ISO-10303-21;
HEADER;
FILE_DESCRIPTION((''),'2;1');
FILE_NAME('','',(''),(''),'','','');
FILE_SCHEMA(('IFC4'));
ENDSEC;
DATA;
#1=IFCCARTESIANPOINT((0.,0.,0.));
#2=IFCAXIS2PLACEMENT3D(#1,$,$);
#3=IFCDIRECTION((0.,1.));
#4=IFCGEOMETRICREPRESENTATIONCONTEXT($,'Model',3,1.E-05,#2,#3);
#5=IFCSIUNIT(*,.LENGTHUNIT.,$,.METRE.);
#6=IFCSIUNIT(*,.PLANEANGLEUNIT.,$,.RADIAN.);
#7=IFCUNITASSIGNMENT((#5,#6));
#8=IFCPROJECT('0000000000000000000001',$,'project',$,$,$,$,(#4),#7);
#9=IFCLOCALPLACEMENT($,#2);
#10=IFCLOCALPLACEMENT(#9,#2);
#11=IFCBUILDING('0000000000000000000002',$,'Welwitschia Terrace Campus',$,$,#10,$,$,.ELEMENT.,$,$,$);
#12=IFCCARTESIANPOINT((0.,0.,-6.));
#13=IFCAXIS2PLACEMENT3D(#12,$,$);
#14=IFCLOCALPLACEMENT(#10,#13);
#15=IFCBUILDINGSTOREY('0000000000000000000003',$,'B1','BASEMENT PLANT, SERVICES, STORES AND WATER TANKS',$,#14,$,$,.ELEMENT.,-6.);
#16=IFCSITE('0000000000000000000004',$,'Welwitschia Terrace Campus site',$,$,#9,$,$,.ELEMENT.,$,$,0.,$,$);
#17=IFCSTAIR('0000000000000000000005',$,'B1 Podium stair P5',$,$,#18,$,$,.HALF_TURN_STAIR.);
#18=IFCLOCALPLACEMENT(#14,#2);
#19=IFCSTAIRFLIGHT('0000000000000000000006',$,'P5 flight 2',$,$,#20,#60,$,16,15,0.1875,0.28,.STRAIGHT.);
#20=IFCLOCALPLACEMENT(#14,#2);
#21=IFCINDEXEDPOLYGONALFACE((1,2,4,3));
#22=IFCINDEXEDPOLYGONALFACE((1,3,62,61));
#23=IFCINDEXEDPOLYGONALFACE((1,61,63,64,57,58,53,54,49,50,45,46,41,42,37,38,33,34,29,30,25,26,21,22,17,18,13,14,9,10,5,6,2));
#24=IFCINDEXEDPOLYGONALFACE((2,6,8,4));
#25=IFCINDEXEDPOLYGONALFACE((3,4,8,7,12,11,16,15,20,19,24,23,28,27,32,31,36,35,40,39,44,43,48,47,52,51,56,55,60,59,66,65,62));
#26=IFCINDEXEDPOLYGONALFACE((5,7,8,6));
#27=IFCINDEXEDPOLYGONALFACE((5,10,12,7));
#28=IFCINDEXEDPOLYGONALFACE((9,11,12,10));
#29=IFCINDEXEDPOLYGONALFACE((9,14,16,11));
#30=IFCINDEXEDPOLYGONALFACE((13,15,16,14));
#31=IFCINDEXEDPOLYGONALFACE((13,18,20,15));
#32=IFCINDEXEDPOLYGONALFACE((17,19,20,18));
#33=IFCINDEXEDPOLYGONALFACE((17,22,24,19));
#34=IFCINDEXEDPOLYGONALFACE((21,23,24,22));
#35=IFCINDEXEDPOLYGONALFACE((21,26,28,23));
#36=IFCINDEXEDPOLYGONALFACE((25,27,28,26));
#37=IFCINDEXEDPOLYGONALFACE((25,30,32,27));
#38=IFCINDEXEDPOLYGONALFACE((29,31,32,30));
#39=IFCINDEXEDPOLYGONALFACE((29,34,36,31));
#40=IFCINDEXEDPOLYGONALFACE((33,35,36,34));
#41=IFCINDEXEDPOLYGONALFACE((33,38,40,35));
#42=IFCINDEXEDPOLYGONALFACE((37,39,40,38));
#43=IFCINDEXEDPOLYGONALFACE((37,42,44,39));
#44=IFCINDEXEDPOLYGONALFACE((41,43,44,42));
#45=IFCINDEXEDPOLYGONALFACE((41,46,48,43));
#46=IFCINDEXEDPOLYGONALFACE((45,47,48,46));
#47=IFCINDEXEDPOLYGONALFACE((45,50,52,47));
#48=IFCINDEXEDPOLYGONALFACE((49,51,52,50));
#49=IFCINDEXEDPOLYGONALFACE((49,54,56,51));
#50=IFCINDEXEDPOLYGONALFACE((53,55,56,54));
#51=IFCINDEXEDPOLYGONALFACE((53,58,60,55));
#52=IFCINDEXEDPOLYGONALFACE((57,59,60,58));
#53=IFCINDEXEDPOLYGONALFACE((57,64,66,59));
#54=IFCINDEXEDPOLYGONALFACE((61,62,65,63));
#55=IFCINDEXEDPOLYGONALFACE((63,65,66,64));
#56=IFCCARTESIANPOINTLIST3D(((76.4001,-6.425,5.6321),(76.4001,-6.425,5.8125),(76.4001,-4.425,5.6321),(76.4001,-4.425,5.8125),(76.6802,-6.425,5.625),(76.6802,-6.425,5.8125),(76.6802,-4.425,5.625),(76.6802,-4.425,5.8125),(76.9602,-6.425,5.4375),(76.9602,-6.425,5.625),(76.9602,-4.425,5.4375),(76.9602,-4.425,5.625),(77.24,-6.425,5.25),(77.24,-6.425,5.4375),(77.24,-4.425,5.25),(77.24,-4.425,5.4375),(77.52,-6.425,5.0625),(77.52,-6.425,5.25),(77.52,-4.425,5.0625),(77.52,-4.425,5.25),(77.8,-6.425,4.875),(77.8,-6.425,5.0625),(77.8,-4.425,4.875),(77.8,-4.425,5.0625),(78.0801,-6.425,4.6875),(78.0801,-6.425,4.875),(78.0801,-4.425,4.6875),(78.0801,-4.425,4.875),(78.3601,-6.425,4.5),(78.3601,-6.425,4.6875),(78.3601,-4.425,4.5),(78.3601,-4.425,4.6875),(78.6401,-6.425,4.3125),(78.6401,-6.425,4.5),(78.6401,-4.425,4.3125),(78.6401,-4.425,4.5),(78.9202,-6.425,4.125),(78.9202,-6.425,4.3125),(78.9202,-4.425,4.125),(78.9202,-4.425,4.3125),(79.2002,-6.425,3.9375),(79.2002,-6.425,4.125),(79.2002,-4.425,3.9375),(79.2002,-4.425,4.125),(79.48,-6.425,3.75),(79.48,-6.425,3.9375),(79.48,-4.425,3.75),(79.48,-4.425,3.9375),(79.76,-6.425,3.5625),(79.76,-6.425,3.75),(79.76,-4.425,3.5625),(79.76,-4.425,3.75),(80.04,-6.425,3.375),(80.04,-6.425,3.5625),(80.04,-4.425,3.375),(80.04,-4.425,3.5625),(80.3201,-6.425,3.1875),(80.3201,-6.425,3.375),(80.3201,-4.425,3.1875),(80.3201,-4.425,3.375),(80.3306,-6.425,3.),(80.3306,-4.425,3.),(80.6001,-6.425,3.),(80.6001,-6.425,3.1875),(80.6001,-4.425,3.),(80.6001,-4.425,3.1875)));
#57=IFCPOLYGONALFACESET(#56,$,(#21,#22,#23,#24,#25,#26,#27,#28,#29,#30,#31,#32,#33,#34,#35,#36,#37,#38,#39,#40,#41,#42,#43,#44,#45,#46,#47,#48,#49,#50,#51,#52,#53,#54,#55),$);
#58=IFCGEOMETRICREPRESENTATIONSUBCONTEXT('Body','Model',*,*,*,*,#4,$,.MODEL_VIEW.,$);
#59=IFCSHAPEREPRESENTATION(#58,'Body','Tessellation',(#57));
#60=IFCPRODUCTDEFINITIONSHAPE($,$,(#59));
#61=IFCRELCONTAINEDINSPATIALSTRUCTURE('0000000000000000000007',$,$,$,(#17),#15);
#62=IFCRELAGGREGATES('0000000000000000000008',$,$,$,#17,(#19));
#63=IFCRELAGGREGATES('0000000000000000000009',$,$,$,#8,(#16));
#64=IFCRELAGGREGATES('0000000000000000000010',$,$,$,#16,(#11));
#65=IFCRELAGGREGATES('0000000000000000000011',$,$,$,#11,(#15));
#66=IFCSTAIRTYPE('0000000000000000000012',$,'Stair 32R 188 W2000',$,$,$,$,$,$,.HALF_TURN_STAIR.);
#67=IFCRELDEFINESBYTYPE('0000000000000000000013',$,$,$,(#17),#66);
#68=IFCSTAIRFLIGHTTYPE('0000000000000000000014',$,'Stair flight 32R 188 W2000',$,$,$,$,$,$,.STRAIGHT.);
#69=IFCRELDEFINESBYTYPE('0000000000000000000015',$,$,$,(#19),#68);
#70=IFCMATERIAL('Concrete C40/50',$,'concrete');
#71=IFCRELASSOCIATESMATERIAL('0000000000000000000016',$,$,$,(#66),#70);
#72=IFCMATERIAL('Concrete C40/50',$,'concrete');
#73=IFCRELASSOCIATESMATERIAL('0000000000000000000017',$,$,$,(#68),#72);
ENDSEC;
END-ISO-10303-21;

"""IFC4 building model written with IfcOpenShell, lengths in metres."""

from ifc_helpers import new_model, si_unit, direction, frame, origin, place, context, subcontext, project, spatial, polyline, outline, extrude, material, type_object, element, aggregate, save


model = new_model("IFC4")

# Units and contexts
model_context = context("Model", 3, precision=1e-05, world=origin(), true_north=direction((0.0, 1.0)))
body_context = subcontext(model_context, "Body", "Model", "MODEL_VIEW")
ifc_project = project(units=[si_unit("LENGTHUNIT", "METRE"), si_unit("PLANEANGLEUNIT", "RADIAN")], contexts=[model_context])

# Site, building, storey
site_placement = place(None, origin())
site = spatial("IfcSite", under=ifc_project, at=site_placement, Name="Welwitschia Terrace Campus site", CompositionType="ELEMENT", RefElevation=0.0)
building_placement = place(site_placement, origin())
building = spatial("IfcBuilding", under=site, at=building_placement, Name="Welwitschia Terrace Campus", CompositionType="ELEMENT")
storey_placement = place(building_placement, frame((0.0, 0.0, -6.0)))
storey = spatial("IfcBuildingStorey", under=building, at=storey_placement, Name="B1", Description="BASEMENT PLANT, SERVICES, STORES AND WATER TANKS", CompositionType="ELEMENT", Elevation=-6.0)

# Stair, stair flight
ifc_material_1 = material(Name="Concrete C40/50", Category="concrete")
stair_type = type_object("IfcStairType", Name="Stair 32R 188 W2000", PredefinedType="HALF_TURN_STAIR", material=ifc_material_1)
stair_placement = place(storey_placement, origin())
stair = element("IfcStair", 1, at=stair_placement, inside=storey, type_object=stair_type, Name="B1 Podium stair P5", PredefinedType="HALF_TURN_STAIR")
ifc_material_2 = material(Name="Concrete C40/50", Category="concrete")
stair_flight_type = type_object("IfcStairFlightType", Name="Stair flight 32R 188 W2000", PredefinedType="STRAIGHT", material=ifc_material_2)
stair_flight_1_placement = place(storey_placement, frame((80.6001, -5.425, 3.0), z_axis=(0.0, 0.0, 1.0), x_axis=(-1.0, 0.0, 0.0)))
stair_flight_1 = element("IfcStairFlight", 2, at=stair_flight_1_placement, type_object=stair_flight_type, Name="P5 flight 2", NumberOfRisers=16, NumberOfTreads=15, PredefinedType="STRAIGHT", RiserHeight=0.1875, TreadLength=0.28, context=body_context, shape_type="SweptSolid", body=[
    extrude(outline(polyline([(0.0, 0.0), (0.0, 0.1875), (0.28, 0.1875), (0.28, 0.375), (0.5601, 0.375), (0.5601, 0.5625), (0.8401, 0.5625), (0.8401, 0.75), (1.1201, 0.75), (1.1201, 0.9375), (1.3999, 0.9375), (1.3999, 1.125), (1.6799, 1.125), (1.6799, 1.3125), (1.96, 1.3125), (1.96, 1.5), (2.24, 1.5), (2.24, 1.6875), (2.52, 1.6875), (2.52, 1.875), (2.8, 1.875), (2.8, 2.0625), (3.0801, 2.0625), (3.0801, 2.25), (3.3601, 2.25), (3.3601, 2.4375), (3.6399, 2.4375), (3.6399, 2.625), (3.9199, 2.625), (3.9199, 2.8125), (4.2, 2.8125), (4.2, 3.0), (4.2, 2.6321), (0.2695, 0.0), (0.0, 0.0)])), frame((0.0, 1.0, 0.0), z_axis=(0.0, -1.0, 0.0), x_axis=(1.0, 0.0, 0.0)), (0.0, 0.0, 1.0), 2.0),
])
aggregate(stair, [stair_flight_1])

save(model, "model.ifc")
